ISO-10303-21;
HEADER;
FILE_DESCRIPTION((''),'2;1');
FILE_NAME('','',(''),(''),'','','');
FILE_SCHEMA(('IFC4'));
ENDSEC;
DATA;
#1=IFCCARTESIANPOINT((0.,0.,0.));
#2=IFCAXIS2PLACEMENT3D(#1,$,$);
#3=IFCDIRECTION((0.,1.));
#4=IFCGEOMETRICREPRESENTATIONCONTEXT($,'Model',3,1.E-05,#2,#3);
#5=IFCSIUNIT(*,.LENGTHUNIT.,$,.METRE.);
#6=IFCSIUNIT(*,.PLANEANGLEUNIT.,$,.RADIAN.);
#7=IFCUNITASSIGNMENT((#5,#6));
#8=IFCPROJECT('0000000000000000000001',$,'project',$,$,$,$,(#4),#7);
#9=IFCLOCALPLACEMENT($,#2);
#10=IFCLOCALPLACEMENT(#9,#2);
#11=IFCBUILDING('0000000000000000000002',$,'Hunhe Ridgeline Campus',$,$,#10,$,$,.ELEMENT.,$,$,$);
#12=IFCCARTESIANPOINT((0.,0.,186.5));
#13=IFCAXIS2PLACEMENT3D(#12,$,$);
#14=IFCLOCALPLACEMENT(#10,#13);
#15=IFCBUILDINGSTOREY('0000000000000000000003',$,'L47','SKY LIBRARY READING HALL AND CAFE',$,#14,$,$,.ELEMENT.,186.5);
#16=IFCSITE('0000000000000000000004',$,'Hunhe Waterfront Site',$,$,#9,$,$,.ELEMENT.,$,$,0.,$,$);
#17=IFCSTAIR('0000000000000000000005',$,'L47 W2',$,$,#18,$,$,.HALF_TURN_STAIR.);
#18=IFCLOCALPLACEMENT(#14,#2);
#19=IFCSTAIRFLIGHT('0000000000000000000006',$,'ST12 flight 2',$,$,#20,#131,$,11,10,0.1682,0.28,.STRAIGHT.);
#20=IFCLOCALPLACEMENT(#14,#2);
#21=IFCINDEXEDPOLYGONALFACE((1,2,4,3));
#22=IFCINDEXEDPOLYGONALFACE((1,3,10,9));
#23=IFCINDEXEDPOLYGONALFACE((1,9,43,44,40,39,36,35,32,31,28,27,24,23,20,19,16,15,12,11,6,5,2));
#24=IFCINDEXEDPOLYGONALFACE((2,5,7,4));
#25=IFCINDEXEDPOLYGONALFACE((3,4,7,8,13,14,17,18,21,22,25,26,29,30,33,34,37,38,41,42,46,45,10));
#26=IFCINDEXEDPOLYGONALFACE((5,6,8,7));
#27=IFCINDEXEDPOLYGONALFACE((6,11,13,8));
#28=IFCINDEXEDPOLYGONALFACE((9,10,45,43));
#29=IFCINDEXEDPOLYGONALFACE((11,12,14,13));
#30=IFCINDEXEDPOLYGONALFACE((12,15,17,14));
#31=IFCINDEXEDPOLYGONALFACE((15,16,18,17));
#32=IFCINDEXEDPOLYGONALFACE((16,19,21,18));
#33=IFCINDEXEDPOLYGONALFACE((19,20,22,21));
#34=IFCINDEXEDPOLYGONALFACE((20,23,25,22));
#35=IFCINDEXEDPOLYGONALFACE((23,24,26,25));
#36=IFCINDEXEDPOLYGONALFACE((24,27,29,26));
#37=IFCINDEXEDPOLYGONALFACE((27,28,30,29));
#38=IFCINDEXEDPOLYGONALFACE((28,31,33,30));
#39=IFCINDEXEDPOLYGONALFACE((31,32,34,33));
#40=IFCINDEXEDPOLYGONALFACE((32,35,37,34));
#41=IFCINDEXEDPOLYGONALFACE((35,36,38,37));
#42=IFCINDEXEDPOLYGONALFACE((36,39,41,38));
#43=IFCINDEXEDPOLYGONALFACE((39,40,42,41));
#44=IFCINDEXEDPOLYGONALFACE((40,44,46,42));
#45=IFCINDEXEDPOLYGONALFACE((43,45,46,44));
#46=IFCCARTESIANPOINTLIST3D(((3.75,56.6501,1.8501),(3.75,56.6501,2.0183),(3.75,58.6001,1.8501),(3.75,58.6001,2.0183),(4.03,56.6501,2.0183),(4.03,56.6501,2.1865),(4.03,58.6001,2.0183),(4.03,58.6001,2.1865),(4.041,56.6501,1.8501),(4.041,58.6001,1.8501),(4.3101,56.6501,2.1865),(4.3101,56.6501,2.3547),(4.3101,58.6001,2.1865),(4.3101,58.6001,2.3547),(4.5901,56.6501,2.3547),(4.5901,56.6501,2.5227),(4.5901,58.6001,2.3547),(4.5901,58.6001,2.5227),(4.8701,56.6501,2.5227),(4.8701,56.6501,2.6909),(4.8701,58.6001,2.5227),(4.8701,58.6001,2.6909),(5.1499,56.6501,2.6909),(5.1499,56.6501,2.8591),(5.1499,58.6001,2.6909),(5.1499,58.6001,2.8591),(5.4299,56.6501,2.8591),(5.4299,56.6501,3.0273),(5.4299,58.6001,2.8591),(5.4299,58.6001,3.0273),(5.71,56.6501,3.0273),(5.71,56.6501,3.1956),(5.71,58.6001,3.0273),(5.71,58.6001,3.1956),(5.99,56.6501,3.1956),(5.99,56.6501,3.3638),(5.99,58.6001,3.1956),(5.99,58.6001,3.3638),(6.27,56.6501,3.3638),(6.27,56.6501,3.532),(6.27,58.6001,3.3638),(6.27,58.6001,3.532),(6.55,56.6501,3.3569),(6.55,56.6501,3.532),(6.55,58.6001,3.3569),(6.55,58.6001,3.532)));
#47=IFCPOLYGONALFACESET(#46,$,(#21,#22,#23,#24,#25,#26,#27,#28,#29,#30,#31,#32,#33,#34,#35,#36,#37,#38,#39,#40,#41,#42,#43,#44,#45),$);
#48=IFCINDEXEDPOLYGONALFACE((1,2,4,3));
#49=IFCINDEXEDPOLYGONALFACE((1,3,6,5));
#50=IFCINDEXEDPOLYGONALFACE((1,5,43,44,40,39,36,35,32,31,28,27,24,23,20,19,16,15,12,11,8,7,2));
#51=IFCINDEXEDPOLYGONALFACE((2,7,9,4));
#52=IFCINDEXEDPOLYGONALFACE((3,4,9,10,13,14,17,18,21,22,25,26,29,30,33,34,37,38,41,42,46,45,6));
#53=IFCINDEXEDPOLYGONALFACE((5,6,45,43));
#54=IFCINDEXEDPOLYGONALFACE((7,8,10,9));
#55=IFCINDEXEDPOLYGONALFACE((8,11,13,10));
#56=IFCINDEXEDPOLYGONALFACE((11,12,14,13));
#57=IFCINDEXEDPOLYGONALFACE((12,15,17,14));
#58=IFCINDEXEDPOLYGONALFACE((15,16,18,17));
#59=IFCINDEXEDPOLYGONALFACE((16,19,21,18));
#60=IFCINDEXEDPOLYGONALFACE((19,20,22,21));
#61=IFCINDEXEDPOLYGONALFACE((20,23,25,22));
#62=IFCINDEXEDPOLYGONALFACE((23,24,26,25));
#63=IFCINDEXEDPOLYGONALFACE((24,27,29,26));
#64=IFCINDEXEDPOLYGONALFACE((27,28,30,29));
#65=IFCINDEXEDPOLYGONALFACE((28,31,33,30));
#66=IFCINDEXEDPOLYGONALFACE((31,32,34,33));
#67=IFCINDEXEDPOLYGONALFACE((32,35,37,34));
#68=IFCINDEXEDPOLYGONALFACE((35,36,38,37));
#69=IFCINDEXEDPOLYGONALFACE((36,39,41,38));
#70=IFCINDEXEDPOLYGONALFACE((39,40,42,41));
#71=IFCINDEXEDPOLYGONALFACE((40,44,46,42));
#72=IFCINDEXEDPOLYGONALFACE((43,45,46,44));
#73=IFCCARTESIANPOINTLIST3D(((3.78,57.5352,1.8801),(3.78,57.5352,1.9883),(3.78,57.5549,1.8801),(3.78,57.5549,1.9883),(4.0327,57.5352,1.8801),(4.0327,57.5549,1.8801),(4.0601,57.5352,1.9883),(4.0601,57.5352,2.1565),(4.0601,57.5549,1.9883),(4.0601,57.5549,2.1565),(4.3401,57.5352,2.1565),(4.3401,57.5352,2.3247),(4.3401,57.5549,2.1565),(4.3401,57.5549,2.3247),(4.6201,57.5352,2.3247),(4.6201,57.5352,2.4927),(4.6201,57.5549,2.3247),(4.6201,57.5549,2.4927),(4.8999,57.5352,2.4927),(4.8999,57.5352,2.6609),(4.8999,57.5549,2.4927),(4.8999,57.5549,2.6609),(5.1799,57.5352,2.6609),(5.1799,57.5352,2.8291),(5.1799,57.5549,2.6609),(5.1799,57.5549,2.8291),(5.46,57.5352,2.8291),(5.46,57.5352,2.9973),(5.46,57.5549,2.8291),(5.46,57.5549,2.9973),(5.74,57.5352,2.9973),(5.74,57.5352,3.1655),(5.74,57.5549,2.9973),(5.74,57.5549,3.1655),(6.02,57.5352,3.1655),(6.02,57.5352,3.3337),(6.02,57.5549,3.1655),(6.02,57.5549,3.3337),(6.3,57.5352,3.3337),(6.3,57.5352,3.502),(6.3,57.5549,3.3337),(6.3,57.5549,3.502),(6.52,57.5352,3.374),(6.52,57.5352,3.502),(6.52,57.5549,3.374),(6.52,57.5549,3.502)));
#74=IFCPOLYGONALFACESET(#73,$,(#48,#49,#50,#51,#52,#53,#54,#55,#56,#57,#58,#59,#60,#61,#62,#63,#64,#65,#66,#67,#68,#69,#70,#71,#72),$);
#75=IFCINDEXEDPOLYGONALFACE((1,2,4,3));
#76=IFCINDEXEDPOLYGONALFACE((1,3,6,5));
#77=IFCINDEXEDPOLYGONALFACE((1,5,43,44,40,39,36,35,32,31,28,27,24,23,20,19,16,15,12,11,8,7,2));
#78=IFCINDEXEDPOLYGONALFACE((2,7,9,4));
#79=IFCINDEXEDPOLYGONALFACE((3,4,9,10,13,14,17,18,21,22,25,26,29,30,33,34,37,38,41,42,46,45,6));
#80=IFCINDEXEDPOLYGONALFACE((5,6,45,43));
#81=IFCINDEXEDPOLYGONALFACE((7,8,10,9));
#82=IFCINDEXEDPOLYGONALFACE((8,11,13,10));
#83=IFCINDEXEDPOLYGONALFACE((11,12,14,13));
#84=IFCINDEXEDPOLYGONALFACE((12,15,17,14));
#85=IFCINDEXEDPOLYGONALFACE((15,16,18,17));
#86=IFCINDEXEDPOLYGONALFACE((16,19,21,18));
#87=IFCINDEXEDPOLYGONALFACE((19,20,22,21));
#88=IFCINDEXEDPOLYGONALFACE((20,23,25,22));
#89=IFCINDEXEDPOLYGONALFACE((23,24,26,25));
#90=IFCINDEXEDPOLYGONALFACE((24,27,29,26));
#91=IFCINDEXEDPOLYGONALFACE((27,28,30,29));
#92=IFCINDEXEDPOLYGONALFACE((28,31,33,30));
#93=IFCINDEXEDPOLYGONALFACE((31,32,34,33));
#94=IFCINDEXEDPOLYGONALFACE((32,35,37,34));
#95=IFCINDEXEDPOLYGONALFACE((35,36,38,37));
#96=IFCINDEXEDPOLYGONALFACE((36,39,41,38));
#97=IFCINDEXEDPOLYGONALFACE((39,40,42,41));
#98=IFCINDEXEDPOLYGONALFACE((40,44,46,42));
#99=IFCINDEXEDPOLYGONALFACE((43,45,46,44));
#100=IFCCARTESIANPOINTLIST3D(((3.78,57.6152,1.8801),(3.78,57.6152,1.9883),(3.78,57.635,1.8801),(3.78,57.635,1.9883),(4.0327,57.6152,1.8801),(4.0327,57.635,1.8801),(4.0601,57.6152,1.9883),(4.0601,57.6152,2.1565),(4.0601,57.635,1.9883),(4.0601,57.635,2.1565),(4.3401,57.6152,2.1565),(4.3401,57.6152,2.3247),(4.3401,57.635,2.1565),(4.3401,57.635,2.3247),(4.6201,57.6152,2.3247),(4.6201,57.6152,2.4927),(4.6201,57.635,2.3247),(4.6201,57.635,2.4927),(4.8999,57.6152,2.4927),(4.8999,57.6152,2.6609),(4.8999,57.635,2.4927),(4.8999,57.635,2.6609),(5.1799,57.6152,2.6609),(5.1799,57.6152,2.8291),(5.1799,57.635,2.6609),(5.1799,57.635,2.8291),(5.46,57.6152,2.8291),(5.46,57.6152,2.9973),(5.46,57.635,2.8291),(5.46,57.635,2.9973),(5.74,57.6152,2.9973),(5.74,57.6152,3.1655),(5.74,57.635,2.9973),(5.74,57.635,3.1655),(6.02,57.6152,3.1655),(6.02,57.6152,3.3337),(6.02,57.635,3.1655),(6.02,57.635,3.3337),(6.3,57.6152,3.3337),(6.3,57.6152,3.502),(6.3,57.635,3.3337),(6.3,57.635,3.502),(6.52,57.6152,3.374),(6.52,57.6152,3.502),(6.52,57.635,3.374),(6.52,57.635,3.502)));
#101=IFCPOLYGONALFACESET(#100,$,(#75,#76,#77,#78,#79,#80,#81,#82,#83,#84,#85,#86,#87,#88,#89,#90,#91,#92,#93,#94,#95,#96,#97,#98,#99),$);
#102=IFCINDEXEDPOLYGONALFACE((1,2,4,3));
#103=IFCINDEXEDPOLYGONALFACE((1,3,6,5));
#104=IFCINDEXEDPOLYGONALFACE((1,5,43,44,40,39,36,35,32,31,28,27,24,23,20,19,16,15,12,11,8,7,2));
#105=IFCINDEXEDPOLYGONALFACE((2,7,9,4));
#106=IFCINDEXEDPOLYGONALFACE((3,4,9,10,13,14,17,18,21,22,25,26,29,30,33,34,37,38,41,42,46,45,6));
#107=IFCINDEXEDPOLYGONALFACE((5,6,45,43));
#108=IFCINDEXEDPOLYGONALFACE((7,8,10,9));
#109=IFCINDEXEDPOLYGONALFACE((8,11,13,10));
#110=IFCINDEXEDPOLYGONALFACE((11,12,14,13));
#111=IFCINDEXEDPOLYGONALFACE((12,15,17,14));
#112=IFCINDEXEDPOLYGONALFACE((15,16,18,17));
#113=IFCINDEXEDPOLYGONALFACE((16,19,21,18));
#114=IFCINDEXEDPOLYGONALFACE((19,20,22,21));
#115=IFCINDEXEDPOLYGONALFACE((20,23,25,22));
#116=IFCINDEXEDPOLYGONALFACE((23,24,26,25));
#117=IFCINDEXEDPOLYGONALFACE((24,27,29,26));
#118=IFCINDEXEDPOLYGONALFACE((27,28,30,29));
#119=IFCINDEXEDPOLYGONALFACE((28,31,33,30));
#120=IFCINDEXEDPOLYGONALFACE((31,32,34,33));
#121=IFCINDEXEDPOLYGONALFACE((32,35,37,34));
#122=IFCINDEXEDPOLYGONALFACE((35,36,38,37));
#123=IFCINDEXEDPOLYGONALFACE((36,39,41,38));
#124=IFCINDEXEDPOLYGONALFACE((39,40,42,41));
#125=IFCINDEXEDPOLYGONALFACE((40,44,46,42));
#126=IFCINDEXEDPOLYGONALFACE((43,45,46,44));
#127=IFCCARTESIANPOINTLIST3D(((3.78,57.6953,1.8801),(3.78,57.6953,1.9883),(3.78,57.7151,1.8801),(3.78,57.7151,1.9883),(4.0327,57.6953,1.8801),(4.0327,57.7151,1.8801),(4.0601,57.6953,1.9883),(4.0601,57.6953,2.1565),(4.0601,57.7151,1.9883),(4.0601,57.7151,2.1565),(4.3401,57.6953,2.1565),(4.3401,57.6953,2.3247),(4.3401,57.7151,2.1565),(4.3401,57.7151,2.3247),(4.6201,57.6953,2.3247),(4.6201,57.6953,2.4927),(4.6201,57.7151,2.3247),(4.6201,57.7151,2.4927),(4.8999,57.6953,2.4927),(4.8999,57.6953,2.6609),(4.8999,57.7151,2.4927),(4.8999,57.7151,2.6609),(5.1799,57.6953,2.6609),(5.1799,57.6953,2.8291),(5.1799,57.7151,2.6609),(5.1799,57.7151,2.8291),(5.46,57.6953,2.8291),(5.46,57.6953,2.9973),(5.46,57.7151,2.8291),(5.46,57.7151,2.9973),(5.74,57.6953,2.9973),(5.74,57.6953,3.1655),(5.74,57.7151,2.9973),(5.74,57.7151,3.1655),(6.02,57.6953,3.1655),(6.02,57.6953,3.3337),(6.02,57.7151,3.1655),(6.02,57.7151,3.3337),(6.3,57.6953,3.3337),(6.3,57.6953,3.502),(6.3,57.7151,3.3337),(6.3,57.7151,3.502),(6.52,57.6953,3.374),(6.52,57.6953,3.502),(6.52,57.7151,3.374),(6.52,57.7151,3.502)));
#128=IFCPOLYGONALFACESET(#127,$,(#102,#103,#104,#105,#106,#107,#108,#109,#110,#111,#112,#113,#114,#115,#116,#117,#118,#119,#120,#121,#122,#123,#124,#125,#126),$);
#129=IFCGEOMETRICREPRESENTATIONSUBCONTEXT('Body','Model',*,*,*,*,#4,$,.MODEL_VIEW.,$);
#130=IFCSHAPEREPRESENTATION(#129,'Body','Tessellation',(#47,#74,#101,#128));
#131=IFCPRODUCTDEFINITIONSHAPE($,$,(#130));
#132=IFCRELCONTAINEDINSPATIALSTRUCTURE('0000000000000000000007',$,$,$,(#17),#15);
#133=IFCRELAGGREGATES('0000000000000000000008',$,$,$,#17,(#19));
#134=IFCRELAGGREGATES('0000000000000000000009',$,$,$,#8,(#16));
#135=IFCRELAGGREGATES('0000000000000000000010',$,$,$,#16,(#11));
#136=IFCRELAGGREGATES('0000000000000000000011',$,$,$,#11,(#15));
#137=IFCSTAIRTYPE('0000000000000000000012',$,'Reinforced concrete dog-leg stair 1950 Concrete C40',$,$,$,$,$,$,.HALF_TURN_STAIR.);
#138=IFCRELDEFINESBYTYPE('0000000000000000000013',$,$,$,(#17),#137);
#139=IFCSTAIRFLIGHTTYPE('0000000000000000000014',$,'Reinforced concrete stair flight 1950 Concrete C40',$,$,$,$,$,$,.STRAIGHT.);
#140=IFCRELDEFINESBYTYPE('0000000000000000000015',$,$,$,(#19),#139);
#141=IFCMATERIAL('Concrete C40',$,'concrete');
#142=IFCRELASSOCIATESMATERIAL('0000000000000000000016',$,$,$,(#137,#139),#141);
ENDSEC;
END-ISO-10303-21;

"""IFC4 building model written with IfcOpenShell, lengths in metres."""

from ifc_helpers import new_model, si_unit, direction, frame, origin, place, context, subcontext, project, spatial, polyline, outline, extrude, material, type_object, element, aggregate, save


model = new_model("IFC4")

# Units and contexts
model_context = context("Model", 3, precision=1e-05, world=origin(), true_north=direction((0.0, 1.0)))
body_context = subcontext(model_context, "Body", "Model", "MODEL_VIEW")
ifc_project = project(units=[si_unit("LENGTHUNIT", "METRE"), si_unit("PLANEANGLEUNIT", "RADIAN")], contexts=[model_context])

# Site, building, storey
site_placement = place(None, origin())
site = spatial("IfcSite", under=ifc_project, at=site_placement, Name="Hunhe Waterfront Site", CompositionType="ELEMENT", RefElevation=0.0)
building_placement = place(site_placement, origin())
building = spatial("IfcBuilding", under=site, at=building_placement, Name="Hunhe Ridgeline Campus", CompositionType="ELEMENT")
storey_placement = place(building_placement, frame((0.0, 0.0, 186.5)))
storey = spatial("IfcBuildingStorey", under=building, at=storey_placement, Name="L47", Description="SKY LIBRARY READING HALL AND CAFE", CompositionType="ELEMENT", Elevation=186.5)

# Stair, stair flight
ifc_material_1 = material(Name="Concrete C40", Category="concrete")
stair_type = type_object("IfcStairType", Name="Reinforced concrete dog-leg stair 1950 Concrete C40", PredefinedType="HALF_TURN_STAIR", material=ifc_material_1)
stair_flight_type = type_object("IfcStairFlightType", Name="Reinforced concrete stair flight 1950 Concrete C40", PredefinedType="STRAIGHT", material=ifc_material_1)
stair_1_placement = place(storey_placement, origin())
stair_1 = element("IfcStair", 1, at=stair_1_placement, inside=storey, type_object=stair_type, Name="L47 W2", PredefinedType="HALF_TURN_STAIR")
stair_flight_1_placement = place(storey_placement, frame((3.75, 57.625, 1.8501), z_axis=(0.0, 0.0, 1.0), x_axis=(1.0, 0.0, 0.0)))
stair_flight_1 = element("IfcStairFlight", 2, at=stair_flight_1_placement, type_object=stair_flight_type, Name="ST12 flight 2", NumberOfRisers=11, NumberOfTreads=10, PredefinedType="STRAIGHT", RiserHeight=0.1682, TreadLength=0.28, context=body_context, shape_type="SweptSolid", body=[
    extrude(outline(polyline([(0.0, 0.0), (0.0, 0.1682), (0.28, 0.1682), (0.28, 0.3364), (0.5601, 0.3364), (0.5601, 0.5046), (0.8401, 0.5046), (0.8401, 0.6726), (1.1201, 0.6726), (1.1201, 0.8408), (1.3999, 0.8408), (1.3999, 1.009), (1.6799, 1.009), (1.6799, 1.1772), (1.96, 1.1772), (1.96, 1.3455), (2.24, 1.3455), (2.24, 1.5137), (2.52, 1.5137), (2.52, 1.6819), (2.8, 1.6819), (2.8, 1.8501), (2.8, 1.5068), (0.291, 0.0), (0.0, 0.0)])), frame((0.0, 0.9751, 0.0), z_axis=(0.0, -1.0, 0.0), x_axis=(1.0, 0.0, 0.0)), (0.0, 0.0, 1.0), 1.95),
    extrude(outline(polyline([(0.03, 0.03), (0.03, 0.1382), (0.3101, 0.1382), (0.3101, 0.3064), (0.5901, 0.3064), (0.5901, 0.4746), (0.8701, 0.4746), (0.8701, 0.6426), (1.1499, 0.6426), (1.1499, 0.8108), (1.4299, 0.8108), (1.4299, 0.979), (1.71, 0.979), (1.71, 1.1472), (1.99, 1.1472), (1.99, 1.3154), (2.27, 1.3154), (2.27, 1.4836), (2.55, 1.4836), (2.55, 1.6519), (2.77, 1.6519), (2.77, 1.5239), (0.2827, 0.03), (0.03, 0.03)])), frame((0.0, -0.0701, 0.0), z_axis=(0.0, -1.0, 0.0), x_axis=(1.0, 0.0, 0.0)), (0.0, 0.0, 1.0), 0.0198),
    extrude(outline(polyline([(0.03, 0.03), (0.03, 0.1382), (0.3101, 0.1382), (0.3101, 0.3064), (0.5901, 0.3064), (0.5901, 0.4746), (0.8701, 0.4746), (0.8701, 0.6426), (1.1499, 0.6426), (1.1499, 0.8108), (1.4299, 0.8108), (1.4299, 0.979), (1.71, 0.979), (1.71, 1.1472), (1.99, 1.1472), (1.99, 1.3154), (2.27, 1.3154), (2.27, 1.4836), (2.55, 1.4836), (2.55, 1.6519), (2.77, 1.6519), (2.77, 1.5239), (0.2827, 0.03), (0.03, 0.03)])), frame((0.0, 0.01, 0.0), z_axis=(0.0, -1.0, 0.0), x_axis=(1.0, 0.0, 0.0)), (0.0, 0.0, 1.0), 0.0198),
    extrude(outline(polyline([(0.03, 0.03), (0.03, 0.1382), (0.3101, 0.1382), (0.3101, 0.3064), (0.5901, 0.3064), (0.5901, 0.4746), (0.8701, 0.4746), (0.8701, 0.6426), (1.1499, 0.6426), (1.1499, 0.8108), (1.4299, 0.8108), (1.4299, 0.979), (1.71, 0.979), (1.71, 1.1472), (1.99, 1.1472), (1.99, 1.3154), (2.27, 1.3154), (2.27, 1.4836), (2.55, 1.4836), (2.55, 1.6519), (2.77, 1.6519), (2.77, 1.5239), (0.2827, 0.03), (0.03, 0.03)])), frame((0.0, 0.0901, 0.0), z_axis=(0.0, -1.0, 0.0), x_axis=(1.0, 0.0, 0.0)), (0.0, 0.0, 1.0), 0.0198),
])
aggregate(stair_1, [stair_flight_1])

save(model, "model.ifc")
